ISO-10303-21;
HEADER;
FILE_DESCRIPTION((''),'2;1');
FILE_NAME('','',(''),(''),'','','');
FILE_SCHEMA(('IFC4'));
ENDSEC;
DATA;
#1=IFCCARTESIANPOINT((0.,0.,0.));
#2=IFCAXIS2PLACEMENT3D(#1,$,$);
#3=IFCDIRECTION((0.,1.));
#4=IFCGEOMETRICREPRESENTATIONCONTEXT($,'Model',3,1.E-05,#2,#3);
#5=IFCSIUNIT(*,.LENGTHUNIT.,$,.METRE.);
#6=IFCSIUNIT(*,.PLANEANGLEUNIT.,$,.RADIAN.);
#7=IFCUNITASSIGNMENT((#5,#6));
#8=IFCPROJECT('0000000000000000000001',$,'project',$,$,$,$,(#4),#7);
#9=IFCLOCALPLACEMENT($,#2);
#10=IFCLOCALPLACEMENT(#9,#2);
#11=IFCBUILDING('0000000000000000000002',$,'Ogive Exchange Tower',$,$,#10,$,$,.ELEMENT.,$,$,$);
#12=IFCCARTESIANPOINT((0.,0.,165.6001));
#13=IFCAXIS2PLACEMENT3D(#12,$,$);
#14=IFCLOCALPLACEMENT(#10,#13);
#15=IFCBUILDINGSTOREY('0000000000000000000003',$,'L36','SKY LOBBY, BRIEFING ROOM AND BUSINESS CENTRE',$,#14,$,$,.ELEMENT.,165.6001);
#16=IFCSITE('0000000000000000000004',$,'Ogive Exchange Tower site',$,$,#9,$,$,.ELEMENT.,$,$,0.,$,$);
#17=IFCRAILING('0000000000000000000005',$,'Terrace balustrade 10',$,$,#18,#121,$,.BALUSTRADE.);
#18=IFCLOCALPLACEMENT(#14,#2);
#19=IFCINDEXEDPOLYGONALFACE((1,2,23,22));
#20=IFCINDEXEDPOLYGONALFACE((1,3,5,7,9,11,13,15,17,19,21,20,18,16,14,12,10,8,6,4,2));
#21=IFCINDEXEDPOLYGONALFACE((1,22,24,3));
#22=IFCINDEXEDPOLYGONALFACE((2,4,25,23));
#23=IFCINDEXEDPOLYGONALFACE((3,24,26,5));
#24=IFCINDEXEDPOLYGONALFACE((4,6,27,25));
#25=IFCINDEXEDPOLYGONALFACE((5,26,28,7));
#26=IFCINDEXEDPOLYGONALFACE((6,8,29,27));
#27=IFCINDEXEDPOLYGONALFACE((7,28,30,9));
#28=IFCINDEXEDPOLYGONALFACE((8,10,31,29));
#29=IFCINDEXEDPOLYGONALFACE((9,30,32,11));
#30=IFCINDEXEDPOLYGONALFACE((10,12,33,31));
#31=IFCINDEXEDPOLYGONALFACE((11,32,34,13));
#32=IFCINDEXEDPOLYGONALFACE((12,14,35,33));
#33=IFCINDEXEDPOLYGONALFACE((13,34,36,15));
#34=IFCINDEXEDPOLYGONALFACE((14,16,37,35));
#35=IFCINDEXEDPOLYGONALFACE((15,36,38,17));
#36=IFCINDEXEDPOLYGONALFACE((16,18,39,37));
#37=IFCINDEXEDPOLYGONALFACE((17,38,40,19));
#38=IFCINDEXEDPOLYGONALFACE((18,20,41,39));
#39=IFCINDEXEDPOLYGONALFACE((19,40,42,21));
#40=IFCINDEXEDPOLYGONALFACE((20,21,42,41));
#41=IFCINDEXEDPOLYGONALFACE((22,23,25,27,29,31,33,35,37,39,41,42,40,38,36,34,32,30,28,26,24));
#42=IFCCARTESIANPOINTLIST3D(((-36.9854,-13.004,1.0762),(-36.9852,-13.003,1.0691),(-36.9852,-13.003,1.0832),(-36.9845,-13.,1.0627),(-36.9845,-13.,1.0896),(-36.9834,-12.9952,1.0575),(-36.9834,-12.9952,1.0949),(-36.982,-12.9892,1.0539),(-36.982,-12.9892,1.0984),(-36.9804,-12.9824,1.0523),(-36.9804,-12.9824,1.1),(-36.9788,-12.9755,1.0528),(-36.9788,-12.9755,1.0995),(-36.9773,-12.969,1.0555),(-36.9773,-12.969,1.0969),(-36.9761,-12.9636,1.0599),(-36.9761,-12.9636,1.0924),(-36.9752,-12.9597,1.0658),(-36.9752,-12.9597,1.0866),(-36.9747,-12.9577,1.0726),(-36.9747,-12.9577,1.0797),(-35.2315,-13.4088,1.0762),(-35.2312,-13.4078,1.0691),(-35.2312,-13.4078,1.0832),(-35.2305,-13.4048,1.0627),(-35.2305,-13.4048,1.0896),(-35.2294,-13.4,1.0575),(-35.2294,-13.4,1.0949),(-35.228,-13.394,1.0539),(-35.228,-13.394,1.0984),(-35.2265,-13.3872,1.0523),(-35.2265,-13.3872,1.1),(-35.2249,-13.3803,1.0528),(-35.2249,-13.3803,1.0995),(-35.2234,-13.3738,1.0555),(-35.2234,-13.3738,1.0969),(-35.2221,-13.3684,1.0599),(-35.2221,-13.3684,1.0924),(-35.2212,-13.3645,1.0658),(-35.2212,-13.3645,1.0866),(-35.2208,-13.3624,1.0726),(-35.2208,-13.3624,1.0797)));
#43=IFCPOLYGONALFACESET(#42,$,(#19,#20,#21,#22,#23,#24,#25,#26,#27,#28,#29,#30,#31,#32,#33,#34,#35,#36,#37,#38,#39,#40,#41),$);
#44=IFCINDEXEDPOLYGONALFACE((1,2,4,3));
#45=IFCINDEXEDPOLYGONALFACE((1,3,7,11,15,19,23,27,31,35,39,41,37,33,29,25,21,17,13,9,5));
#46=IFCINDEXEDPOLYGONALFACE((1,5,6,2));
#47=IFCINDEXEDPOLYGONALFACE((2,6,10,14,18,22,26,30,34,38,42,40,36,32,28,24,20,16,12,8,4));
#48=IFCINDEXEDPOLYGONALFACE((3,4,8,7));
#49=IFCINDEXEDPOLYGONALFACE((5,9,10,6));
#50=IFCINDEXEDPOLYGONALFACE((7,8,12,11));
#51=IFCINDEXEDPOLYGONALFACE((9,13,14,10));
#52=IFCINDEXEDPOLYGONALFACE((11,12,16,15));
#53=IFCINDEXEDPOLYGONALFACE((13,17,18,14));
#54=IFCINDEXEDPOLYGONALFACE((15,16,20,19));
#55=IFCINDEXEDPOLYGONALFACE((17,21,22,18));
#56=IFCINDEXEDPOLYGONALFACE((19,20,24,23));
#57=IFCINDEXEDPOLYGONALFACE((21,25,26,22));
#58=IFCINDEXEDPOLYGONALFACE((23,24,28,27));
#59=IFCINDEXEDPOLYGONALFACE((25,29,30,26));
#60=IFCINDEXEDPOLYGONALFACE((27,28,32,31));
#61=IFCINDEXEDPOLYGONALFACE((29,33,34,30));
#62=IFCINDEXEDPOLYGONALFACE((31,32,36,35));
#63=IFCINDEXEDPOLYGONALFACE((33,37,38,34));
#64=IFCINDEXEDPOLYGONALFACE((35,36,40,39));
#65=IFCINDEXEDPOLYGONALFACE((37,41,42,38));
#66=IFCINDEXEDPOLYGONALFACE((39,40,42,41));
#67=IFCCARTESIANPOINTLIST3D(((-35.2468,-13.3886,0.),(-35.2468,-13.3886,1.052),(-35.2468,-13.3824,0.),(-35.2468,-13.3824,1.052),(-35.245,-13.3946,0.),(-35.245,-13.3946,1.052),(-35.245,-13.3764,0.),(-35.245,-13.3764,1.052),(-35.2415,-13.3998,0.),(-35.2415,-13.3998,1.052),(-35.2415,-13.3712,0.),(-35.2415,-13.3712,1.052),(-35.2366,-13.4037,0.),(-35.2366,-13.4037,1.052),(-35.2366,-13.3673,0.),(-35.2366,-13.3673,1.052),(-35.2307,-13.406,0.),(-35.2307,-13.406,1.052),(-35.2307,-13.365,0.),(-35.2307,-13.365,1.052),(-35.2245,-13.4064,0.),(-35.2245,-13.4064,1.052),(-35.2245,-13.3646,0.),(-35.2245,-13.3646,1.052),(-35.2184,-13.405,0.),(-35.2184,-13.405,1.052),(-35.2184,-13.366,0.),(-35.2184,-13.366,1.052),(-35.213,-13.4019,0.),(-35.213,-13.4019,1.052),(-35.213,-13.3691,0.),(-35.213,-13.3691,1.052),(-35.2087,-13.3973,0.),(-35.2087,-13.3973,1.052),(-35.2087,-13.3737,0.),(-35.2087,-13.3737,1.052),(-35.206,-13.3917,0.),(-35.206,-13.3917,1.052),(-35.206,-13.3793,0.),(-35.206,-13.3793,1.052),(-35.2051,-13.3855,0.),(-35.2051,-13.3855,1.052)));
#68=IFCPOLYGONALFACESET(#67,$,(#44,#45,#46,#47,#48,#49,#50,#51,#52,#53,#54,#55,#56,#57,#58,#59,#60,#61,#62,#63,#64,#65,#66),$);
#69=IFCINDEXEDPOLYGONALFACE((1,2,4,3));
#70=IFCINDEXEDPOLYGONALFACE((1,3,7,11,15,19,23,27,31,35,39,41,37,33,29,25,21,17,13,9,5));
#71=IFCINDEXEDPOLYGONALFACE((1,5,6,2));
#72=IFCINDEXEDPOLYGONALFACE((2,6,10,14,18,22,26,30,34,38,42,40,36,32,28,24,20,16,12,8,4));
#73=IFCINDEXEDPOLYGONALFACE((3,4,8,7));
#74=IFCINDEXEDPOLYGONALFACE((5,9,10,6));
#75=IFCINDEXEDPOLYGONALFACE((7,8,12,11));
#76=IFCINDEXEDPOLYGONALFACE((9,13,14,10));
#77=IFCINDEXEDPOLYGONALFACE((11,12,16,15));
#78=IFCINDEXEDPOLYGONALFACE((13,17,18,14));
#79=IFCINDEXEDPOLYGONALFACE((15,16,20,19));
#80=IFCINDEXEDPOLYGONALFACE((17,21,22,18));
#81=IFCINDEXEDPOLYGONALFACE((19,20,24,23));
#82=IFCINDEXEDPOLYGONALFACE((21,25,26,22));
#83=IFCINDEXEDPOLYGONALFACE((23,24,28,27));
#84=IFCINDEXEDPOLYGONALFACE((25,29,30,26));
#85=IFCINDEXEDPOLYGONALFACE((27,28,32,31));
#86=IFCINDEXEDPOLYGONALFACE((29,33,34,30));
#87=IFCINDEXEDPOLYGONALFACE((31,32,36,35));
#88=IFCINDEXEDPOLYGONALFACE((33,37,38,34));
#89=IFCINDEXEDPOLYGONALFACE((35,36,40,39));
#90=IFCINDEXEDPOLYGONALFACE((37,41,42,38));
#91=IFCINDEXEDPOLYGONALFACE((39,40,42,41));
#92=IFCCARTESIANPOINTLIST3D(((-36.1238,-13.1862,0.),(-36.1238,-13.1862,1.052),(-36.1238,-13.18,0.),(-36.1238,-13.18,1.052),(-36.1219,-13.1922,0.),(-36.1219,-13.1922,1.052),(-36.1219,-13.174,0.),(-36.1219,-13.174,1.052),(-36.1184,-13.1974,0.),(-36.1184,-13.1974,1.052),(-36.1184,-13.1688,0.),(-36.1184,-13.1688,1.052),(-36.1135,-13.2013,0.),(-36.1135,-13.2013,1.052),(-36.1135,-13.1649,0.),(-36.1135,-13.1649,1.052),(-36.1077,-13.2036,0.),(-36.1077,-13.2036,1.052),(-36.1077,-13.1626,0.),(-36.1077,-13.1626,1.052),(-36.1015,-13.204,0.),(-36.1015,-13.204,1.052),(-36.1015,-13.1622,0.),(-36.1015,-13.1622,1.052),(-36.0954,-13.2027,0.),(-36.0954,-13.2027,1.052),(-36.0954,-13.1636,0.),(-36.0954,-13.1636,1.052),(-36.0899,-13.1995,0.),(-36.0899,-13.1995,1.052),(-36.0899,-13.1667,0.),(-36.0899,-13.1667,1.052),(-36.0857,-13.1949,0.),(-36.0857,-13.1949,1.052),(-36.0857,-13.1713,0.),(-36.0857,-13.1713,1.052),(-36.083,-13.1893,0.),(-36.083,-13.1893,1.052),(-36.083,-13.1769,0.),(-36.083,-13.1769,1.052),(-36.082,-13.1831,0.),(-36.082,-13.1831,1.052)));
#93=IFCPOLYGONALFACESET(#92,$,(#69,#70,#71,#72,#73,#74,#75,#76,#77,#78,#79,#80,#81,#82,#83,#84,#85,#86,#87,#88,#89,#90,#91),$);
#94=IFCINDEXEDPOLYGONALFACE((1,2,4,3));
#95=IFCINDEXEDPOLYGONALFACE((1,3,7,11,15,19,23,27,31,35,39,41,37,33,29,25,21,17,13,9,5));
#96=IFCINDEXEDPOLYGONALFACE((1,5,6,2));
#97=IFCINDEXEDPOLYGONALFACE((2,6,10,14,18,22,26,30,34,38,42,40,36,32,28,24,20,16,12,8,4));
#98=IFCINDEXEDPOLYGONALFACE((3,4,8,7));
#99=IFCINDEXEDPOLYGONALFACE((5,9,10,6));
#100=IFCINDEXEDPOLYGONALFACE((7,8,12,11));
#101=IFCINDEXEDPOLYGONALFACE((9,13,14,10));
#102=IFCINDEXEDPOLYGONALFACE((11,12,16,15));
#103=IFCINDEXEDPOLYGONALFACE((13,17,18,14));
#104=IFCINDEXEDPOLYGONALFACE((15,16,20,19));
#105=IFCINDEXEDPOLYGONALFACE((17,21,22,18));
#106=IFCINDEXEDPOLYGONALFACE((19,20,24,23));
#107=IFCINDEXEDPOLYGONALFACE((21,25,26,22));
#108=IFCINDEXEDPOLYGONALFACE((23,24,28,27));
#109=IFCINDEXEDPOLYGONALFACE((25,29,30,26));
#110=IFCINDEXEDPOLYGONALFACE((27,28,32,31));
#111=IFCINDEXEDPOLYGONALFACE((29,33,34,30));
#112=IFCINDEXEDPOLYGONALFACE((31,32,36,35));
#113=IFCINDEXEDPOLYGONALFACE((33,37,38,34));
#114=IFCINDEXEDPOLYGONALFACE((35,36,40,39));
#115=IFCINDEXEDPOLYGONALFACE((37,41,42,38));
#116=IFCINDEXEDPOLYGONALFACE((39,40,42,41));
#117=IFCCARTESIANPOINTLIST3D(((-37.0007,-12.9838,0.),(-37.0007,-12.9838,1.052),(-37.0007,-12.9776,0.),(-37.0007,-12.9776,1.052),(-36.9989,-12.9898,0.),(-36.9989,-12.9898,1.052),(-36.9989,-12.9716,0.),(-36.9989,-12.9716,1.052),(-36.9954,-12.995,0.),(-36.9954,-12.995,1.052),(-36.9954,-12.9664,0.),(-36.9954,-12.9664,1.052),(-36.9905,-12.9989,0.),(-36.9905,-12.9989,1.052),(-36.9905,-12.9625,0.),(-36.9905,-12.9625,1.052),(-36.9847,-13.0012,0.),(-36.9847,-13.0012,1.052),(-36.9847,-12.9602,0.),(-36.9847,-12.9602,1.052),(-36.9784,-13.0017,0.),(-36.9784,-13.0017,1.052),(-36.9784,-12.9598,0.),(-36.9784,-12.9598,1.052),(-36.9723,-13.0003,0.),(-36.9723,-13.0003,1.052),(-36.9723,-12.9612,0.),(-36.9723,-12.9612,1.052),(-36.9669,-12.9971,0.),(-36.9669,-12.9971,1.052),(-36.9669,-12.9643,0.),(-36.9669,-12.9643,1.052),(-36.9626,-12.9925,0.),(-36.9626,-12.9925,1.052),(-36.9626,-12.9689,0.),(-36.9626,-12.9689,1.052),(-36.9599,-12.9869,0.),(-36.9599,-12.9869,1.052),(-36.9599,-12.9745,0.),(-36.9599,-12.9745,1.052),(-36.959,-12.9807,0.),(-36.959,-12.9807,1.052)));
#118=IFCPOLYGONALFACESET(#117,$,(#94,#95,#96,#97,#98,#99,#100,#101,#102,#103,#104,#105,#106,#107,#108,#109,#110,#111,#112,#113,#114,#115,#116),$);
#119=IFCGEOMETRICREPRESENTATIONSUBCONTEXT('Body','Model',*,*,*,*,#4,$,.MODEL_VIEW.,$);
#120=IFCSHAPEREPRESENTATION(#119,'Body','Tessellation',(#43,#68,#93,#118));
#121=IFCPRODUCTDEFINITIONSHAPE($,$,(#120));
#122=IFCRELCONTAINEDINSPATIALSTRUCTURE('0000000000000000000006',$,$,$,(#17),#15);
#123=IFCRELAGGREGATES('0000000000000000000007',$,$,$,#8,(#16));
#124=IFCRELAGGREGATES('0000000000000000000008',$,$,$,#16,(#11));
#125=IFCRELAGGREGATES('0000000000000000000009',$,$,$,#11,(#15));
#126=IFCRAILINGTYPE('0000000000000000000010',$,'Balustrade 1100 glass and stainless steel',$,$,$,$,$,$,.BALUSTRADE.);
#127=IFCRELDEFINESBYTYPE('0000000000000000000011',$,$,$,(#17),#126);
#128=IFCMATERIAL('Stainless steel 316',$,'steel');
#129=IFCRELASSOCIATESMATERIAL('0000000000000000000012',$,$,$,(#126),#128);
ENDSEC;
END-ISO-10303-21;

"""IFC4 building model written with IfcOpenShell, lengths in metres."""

from ifc_helpers import new_model, si_unit, direction, frame, origin, origin_2d, place, context, subcontext, project, spatial, circle, extrude, material, type_object, element, save


model = new_model("IFC4")

# Units and contexts
model_context = context("Model", 3, precision=1e-05, world=origin(), true_north=direction((0.0, 1.0)))
body_context = subcontext(model_context, "Body", "Model", "MODEL_VIEW")
ifc_project = project(units=[si_unit("LENGTHUNIT", "METRE"), si_unit("PLANEANGLEUNIT", "RADIAN")], contexts=[model_context])

# Site, building, storey
site_placement = place(None, origin())
site = spatial("IfcSite", under=ifc_project, at=site_placement, Name="Ogive Exchange Tower site", CompositionType="ELEMENT", RefElevation=0.0)
building_placement = place(site_placement, origin())
building = spatial("IfcBuilding", under=site, at=building_placement, Name="Ogive Exchange Tower", CompositionType="ELEMENT")
storey_placement = place(building_placement, frame((0.0, 0.0, 165.6001)))
storey = spatial("IfcBuildingStorey", under=building, at=storey_placement, Name="L36", Description="SKY LOBBY, BRIEFING ROOM AND BUSINESS CENTRE", CompositionType="ELEMENT", Elevation=165.6001)

# Railing
ifc_material_1 = material(Name="Stainless steel 316", Category="steel")
railing_type_1 = type_object("IfcRailingType", Name="Balustrade 1100 glass and stainless steel", PredefinedType="BALUSTRADE", material=ifc_material_1)
railing_1_placement = place(storey_placement, frame((-35.2261, -13.3855, 0.0)))
element("IfcRailing", 1, at=railing_1_placement, inside=storey, type_object=railing_type_1, Name="Terrace balustrade 10", PredefinedType="BALUSTRADE", context=body_context, shape_type="SweptSolid", body=[
    extrude(circle(Radius=0.0239, at=origin_2d()), frame((0.0, 0.0, 1.0762), z_axis=(-0.974387, 0.224879, 0.0), x_axis=(-0.224879, -0.974387, 0.0)), (0.0, 0.0, 1.0), 1.8),
    extrude(circle(Radius=0.021, at=origin_2d()), origin(), (0.0, 0.0, 1.0), 1.052),
    extrude(circle(Radius=0.021, at=origin_2d()), frame((-0.877, 0.2024, 0.0)), (0.0, 0.0, 1.0), 1.052),
    extrude(circle(Radius=0.021, at=origin_2d()), frame((-1.7539, 0.4048, 0.0)), (0.0, 0.0, 1.0), 1.052),
])

save(model, "model.ifc")
